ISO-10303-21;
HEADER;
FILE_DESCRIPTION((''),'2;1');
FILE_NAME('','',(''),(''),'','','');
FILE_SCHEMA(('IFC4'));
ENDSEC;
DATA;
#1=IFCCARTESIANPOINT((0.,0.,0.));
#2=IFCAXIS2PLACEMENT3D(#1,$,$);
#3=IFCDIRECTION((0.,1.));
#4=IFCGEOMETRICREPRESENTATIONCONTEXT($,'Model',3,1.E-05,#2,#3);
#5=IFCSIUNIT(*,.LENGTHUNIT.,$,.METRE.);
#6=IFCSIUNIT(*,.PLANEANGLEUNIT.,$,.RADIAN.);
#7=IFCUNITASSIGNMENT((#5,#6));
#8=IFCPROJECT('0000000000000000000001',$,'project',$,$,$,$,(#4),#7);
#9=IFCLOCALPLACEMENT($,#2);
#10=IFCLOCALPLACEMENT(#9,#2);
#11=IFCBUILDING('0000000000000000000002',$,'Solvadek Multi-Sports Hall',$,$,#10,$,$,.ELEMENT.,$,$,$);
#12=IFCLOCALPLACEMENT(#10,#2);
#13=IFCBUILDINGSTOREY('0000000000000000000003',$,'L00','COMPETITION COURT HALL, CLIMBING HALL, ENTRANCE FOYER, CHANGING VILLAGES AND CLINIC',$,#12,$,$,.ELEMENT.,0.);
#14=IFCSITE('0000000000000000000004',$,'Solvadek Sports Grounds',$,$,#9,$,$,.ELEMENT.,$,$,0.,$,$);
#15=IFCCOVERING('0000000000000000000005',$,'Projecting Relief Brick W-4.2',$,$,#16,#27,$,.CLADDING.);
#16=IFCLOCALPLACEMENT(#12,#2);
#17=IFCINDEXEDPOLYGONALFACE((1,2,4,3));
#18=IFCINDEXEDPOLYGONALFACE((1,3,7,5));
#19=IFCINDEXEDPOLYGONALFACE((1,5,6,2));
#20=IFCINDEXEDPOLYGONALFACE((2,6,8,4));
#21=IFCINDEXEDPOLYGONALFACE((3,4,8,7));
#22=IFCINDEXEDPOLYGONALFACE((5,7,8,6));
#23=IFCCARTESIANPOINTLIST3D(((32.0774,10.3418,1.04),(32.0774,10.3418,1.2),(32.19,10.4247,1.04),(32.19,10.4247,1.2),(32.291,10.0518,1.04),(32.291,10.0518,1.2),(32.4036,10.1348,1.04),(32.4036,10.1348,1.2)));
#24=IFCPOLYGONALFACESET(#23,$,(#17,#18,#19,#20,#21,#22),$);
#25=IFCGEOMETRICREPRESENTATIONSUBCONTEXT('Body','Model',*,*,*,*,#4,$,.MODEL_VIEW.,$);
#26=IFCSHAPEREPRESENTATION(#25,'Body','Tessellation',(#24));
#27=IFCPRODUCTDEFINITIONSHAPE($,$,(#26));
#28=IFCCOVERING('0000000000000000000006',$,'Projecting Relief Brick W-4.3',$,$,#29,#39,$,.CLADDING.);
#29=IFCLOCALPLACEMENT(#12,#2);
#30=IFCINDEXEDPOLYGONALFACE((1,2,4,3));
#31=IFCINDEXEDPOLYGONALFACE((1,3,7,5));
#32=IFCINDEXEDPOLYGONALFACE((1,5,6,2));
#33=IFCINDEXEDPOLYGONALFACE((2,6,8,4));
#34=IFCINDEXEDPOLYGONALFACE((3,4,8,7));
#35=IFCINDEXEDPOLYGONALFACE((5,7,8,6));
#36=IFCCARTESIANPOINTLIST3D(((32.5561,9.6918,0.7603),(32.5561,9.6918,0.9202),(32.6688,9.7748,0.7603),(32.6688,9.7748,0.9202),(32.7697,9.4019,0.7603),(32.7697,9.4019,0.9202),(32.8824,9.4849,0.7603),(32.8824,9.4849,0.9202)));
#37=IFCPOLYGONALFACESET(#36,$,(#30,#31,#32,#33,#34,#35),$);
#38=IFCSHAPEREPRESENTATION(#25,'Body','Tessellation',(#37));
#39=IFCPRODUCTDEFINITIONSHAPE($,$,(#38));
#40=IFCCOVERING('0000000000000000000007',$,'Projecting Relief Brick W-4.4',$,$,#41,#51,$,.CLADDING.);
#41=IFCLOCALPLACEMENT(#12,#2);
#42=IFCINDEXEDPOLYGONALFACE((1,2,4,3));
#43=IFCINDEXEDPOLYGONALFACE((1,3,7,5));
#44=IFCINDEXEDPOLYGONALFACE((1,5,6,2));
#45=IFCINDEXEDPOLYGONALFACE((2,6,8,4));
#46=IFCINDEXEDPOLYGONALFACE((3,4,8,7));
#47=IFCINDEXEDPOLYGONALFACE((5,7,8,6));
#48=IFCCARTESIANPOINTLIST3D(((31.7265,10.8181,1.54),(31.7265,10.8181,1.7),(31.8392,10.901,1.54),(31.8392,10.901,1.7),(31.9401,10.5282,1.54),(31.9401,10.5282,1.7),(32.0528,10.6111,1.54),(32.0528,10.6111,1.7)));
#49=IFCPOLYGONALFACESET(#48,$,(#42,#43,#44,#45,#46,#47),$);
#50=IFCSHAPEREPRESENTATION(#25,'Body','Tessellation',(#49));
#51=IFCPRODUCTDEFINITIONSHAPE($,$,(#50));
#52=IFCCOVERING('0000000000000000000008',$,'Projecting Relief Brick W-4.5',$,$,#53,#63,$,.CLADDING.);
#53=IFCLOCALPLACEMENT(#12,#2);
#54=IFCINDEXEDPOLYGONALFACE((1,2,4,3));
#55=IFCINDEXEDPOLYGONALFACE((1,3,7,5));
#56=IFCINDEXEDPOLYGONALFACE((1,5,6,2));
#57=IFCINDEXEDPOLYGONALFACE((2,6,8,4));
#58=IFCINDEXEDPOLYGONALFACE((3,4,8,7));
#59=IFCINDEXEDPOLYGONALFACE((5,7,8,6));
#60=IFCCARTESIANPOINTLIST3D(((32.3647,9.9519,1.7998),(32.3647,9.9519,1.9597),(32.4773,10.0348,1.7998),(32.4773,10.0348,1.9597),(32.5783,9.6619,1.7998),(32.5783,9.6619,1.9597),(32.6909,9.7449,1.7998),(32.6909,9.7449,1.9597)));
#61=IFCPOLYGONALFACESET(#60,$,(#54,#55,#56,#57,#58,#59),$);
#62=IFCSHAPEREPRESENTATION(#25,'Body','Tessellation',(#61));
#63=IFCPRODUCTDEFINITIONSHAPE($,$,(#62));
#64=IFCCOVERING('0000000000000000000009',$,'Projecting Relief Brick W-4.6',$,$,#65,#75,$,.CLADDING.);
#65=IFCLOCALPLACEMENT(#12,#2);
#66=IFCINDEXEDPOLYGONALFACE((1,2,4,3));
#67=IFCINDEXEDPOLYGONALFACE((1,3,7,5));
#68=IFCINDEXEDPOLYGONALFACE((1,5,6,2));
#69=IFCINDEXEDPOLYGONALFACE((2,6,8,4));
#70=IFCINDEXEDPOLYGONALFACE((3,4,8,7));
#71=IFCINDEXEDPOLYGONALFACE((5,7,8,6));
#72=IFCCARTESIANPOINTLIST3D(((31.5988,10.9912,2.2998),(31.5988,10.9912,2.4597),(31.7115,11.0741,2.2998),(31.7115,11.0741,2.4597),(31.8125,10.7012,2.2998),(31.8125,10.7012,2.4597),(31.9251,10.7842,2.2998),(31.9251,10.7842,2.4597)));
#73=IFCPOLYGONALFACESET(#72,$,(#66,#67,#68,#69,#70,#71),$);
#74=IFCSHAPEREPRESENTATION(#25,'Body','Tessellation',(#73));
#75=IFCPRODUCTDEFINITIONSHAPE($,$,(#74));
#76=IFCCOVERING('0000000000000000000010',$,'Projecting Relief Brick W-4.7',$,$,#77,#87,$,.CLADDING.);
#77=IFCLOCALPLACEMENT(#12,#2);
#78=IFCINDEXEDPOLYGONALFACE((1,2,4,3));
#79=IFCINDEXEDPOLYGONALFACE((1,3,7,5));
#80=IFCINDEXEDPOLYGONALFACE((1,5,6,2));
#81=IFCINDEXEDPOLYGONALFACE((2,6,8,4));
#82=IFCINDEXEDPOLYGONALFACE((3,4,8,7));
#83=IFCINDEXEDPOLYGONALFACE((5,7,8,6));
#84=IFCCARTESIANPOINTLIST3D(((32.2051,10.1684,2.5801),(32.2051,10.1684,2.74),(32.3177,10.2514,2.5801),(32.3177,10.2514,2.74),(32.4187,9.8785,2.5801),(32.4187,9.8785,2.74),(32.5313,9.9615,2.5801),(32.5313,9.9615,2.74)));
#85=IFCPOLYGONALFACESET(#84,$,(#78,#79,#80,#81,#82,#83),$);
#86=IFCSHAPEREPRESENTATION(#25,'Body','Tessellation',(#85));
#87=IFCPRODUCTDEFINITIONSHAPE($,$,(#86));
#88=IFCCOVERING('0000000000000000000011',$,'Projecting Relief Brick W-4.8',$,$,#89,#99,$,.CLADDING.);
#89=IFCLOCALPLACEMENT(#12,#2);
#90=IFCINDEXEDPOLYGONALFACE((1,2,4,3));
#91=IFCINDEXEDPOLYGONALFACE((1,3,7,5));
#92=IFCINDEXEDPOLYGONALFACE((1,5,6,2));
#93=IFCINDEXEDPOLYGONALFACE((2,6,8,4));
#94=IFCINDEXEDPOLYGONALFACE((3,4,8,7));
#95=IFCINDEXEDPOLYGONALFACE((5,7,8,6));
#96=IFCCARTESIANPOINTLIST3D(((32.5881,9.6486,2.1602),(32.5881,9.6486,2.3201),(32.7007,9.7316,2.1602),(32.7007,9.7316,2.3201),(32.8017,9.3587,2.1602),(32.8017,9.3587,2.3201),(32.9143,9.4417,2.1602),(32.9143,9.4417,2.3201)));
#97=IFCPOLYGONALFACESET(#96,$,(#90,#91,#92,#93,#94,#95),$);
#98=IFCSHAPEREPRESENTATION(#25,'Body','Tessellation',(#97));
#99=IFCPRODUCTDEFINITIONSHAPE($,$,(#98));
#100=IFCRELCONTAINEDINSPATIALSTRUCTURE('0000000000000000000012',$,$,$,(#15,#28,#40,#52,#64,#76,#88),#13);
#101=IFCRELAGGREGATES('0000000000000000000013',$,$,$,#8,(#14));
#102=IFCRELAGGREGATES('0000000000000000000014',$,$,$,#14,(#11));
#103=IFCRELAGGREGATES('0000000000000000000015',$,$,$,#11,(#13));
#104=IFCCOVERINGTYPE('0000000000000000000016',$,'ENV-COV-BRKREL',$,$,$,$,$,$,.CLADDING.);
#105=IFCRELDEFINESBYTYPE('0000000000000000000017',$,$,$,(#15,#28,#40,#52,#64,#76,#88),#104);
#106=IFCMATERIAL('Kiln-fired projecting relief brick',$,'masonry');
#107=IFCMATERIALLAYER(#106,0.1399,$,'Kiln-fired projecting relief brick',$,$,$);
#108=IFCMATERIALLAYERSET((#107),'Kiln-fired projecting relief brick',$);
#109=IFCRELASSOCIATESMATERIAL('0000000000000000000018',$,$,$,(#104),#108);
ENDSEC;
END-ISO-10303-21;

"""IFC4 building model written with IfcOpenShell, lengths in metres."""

from ifc_helpers import new_model, si_unit, direction, frame, origin, origin_2d, place, context, subcontext, project, spatial, rectangle, extrude, material, layer, layer_set, type_object, element, save


model = new_model("IFC4")

# Units and contexts
model_context = context("Model", 3, precision=1e-05, world=origin(), true_north=direction((0.0, 1.0)))
body_context = subcontext(model_context, "Body", "Model", "MODEL_VIEW")
ifc_project = project(units=[si_unit("LENGTHUNIT", "METRE"), si_unit("PLANEANGLEUNIT", "RADIAN")], contexts=[model_context])

# Site, building, storey
site_placement = place(None, origin())
site = spatial("IfcSite", under=ifc_project, at=site_placement, Name="Solvadek Sports Grounds", CompositionType="ELEMENT", RefElevation=0.0)
building_placement = place(site_placement, origin())
building = spatial("IfcBuilding", under=site, at=building_placement, Name="Solvadek Multi-Sports Hall", CompositionType="ELEMENT")
storey_placement = place(building_placement, origin())
storey = spatial("IfcBuildingStorey", under=building, at=storey_placement, Name="L00", Description="COMPETITION COURT HALL, CLIMBING HALL, ENTRANCE FOYER, CHANGING VILLAGES AND CLINIC", CompositionType="ELEMENT", Elevation=0.0)

# Coverings
ifc_material_1 = material(Name="Kiln-fired projecting relief brick", Category="masonry")
ifc_layer_1 = layer(ifc_material_1, 0.1399, Name="Kiln-fired projecting relief brick")
ifc_layer_set_1 = layer_set([ifc_layer_1], Name="Kiln-fired projecting relief brick")
covering_type = type_object("IfcCoveringType", Name="ENV-COV-BRKREL", PredefinedType="CLADDING", material=ifc_layer_set_1)
for number, where, z_axis, x_axis, name in (
    (1, (32.2405, 10.2383, 1.04), (0.0, 0.0, 1.0), (0.593159, -0.805085, 0.0), "Projecting Relief Brick W-4.2"),
    (2, (32.7192, 9.5884, 0.7603), (0.0, 0.0, 1.0), (0.593159, -0.805085, 0.0), "Projecting Relief Brick W-4.3"),
    (3, (31.8896, 10.7146, 1.54), (0.0, 0.0, 1.0), (0.593159, -0.805085, 0.0), "Projecting Relief Brick W-4.4"),
    (4, (32.5278, 9.8484, 1.7998), (0.0, 0.0, 1.0), (0.593159, -0.805085, 0.0), "Projecting Relief Brick W-4.5"),
    (5, (31.762, 10.8877, 2.2998), (0.0, 0.0, 1.0), (0.593159, -0.805085, 0.0), "Projecting Relief Brick W-4.6"),
    (6, (32.3682, 10.0649, 2.5801), (0.0, 0.0, 1.0), (0.593159, -0.805085, 0.0), "Projecting Relief Brick W-4.7"),
    (7, (32.7512, 9.5452, 2.1602), (0.0, 0.0, 1.0), (0.593159, -0.805085, 0.0), "Projecting Relief Brick W-4.8"),
):
    element("IfcCovering", number, at=place(storey_placement, frame(where, z_axis=z_axis, x_axis=x_axis)), inside=storey, type_object=covering_type, Name=name, PredefinedType="CLADDING", context=body_context, shape_type="SweptSolid", body=[
        extrude(rectangle(XDim=0.3601, YDim=0.1399, at=origin_2d()), origin(), (0.0, 0.0, 1.0), 0.1599),
    ])

save(model, "model.ifc")
